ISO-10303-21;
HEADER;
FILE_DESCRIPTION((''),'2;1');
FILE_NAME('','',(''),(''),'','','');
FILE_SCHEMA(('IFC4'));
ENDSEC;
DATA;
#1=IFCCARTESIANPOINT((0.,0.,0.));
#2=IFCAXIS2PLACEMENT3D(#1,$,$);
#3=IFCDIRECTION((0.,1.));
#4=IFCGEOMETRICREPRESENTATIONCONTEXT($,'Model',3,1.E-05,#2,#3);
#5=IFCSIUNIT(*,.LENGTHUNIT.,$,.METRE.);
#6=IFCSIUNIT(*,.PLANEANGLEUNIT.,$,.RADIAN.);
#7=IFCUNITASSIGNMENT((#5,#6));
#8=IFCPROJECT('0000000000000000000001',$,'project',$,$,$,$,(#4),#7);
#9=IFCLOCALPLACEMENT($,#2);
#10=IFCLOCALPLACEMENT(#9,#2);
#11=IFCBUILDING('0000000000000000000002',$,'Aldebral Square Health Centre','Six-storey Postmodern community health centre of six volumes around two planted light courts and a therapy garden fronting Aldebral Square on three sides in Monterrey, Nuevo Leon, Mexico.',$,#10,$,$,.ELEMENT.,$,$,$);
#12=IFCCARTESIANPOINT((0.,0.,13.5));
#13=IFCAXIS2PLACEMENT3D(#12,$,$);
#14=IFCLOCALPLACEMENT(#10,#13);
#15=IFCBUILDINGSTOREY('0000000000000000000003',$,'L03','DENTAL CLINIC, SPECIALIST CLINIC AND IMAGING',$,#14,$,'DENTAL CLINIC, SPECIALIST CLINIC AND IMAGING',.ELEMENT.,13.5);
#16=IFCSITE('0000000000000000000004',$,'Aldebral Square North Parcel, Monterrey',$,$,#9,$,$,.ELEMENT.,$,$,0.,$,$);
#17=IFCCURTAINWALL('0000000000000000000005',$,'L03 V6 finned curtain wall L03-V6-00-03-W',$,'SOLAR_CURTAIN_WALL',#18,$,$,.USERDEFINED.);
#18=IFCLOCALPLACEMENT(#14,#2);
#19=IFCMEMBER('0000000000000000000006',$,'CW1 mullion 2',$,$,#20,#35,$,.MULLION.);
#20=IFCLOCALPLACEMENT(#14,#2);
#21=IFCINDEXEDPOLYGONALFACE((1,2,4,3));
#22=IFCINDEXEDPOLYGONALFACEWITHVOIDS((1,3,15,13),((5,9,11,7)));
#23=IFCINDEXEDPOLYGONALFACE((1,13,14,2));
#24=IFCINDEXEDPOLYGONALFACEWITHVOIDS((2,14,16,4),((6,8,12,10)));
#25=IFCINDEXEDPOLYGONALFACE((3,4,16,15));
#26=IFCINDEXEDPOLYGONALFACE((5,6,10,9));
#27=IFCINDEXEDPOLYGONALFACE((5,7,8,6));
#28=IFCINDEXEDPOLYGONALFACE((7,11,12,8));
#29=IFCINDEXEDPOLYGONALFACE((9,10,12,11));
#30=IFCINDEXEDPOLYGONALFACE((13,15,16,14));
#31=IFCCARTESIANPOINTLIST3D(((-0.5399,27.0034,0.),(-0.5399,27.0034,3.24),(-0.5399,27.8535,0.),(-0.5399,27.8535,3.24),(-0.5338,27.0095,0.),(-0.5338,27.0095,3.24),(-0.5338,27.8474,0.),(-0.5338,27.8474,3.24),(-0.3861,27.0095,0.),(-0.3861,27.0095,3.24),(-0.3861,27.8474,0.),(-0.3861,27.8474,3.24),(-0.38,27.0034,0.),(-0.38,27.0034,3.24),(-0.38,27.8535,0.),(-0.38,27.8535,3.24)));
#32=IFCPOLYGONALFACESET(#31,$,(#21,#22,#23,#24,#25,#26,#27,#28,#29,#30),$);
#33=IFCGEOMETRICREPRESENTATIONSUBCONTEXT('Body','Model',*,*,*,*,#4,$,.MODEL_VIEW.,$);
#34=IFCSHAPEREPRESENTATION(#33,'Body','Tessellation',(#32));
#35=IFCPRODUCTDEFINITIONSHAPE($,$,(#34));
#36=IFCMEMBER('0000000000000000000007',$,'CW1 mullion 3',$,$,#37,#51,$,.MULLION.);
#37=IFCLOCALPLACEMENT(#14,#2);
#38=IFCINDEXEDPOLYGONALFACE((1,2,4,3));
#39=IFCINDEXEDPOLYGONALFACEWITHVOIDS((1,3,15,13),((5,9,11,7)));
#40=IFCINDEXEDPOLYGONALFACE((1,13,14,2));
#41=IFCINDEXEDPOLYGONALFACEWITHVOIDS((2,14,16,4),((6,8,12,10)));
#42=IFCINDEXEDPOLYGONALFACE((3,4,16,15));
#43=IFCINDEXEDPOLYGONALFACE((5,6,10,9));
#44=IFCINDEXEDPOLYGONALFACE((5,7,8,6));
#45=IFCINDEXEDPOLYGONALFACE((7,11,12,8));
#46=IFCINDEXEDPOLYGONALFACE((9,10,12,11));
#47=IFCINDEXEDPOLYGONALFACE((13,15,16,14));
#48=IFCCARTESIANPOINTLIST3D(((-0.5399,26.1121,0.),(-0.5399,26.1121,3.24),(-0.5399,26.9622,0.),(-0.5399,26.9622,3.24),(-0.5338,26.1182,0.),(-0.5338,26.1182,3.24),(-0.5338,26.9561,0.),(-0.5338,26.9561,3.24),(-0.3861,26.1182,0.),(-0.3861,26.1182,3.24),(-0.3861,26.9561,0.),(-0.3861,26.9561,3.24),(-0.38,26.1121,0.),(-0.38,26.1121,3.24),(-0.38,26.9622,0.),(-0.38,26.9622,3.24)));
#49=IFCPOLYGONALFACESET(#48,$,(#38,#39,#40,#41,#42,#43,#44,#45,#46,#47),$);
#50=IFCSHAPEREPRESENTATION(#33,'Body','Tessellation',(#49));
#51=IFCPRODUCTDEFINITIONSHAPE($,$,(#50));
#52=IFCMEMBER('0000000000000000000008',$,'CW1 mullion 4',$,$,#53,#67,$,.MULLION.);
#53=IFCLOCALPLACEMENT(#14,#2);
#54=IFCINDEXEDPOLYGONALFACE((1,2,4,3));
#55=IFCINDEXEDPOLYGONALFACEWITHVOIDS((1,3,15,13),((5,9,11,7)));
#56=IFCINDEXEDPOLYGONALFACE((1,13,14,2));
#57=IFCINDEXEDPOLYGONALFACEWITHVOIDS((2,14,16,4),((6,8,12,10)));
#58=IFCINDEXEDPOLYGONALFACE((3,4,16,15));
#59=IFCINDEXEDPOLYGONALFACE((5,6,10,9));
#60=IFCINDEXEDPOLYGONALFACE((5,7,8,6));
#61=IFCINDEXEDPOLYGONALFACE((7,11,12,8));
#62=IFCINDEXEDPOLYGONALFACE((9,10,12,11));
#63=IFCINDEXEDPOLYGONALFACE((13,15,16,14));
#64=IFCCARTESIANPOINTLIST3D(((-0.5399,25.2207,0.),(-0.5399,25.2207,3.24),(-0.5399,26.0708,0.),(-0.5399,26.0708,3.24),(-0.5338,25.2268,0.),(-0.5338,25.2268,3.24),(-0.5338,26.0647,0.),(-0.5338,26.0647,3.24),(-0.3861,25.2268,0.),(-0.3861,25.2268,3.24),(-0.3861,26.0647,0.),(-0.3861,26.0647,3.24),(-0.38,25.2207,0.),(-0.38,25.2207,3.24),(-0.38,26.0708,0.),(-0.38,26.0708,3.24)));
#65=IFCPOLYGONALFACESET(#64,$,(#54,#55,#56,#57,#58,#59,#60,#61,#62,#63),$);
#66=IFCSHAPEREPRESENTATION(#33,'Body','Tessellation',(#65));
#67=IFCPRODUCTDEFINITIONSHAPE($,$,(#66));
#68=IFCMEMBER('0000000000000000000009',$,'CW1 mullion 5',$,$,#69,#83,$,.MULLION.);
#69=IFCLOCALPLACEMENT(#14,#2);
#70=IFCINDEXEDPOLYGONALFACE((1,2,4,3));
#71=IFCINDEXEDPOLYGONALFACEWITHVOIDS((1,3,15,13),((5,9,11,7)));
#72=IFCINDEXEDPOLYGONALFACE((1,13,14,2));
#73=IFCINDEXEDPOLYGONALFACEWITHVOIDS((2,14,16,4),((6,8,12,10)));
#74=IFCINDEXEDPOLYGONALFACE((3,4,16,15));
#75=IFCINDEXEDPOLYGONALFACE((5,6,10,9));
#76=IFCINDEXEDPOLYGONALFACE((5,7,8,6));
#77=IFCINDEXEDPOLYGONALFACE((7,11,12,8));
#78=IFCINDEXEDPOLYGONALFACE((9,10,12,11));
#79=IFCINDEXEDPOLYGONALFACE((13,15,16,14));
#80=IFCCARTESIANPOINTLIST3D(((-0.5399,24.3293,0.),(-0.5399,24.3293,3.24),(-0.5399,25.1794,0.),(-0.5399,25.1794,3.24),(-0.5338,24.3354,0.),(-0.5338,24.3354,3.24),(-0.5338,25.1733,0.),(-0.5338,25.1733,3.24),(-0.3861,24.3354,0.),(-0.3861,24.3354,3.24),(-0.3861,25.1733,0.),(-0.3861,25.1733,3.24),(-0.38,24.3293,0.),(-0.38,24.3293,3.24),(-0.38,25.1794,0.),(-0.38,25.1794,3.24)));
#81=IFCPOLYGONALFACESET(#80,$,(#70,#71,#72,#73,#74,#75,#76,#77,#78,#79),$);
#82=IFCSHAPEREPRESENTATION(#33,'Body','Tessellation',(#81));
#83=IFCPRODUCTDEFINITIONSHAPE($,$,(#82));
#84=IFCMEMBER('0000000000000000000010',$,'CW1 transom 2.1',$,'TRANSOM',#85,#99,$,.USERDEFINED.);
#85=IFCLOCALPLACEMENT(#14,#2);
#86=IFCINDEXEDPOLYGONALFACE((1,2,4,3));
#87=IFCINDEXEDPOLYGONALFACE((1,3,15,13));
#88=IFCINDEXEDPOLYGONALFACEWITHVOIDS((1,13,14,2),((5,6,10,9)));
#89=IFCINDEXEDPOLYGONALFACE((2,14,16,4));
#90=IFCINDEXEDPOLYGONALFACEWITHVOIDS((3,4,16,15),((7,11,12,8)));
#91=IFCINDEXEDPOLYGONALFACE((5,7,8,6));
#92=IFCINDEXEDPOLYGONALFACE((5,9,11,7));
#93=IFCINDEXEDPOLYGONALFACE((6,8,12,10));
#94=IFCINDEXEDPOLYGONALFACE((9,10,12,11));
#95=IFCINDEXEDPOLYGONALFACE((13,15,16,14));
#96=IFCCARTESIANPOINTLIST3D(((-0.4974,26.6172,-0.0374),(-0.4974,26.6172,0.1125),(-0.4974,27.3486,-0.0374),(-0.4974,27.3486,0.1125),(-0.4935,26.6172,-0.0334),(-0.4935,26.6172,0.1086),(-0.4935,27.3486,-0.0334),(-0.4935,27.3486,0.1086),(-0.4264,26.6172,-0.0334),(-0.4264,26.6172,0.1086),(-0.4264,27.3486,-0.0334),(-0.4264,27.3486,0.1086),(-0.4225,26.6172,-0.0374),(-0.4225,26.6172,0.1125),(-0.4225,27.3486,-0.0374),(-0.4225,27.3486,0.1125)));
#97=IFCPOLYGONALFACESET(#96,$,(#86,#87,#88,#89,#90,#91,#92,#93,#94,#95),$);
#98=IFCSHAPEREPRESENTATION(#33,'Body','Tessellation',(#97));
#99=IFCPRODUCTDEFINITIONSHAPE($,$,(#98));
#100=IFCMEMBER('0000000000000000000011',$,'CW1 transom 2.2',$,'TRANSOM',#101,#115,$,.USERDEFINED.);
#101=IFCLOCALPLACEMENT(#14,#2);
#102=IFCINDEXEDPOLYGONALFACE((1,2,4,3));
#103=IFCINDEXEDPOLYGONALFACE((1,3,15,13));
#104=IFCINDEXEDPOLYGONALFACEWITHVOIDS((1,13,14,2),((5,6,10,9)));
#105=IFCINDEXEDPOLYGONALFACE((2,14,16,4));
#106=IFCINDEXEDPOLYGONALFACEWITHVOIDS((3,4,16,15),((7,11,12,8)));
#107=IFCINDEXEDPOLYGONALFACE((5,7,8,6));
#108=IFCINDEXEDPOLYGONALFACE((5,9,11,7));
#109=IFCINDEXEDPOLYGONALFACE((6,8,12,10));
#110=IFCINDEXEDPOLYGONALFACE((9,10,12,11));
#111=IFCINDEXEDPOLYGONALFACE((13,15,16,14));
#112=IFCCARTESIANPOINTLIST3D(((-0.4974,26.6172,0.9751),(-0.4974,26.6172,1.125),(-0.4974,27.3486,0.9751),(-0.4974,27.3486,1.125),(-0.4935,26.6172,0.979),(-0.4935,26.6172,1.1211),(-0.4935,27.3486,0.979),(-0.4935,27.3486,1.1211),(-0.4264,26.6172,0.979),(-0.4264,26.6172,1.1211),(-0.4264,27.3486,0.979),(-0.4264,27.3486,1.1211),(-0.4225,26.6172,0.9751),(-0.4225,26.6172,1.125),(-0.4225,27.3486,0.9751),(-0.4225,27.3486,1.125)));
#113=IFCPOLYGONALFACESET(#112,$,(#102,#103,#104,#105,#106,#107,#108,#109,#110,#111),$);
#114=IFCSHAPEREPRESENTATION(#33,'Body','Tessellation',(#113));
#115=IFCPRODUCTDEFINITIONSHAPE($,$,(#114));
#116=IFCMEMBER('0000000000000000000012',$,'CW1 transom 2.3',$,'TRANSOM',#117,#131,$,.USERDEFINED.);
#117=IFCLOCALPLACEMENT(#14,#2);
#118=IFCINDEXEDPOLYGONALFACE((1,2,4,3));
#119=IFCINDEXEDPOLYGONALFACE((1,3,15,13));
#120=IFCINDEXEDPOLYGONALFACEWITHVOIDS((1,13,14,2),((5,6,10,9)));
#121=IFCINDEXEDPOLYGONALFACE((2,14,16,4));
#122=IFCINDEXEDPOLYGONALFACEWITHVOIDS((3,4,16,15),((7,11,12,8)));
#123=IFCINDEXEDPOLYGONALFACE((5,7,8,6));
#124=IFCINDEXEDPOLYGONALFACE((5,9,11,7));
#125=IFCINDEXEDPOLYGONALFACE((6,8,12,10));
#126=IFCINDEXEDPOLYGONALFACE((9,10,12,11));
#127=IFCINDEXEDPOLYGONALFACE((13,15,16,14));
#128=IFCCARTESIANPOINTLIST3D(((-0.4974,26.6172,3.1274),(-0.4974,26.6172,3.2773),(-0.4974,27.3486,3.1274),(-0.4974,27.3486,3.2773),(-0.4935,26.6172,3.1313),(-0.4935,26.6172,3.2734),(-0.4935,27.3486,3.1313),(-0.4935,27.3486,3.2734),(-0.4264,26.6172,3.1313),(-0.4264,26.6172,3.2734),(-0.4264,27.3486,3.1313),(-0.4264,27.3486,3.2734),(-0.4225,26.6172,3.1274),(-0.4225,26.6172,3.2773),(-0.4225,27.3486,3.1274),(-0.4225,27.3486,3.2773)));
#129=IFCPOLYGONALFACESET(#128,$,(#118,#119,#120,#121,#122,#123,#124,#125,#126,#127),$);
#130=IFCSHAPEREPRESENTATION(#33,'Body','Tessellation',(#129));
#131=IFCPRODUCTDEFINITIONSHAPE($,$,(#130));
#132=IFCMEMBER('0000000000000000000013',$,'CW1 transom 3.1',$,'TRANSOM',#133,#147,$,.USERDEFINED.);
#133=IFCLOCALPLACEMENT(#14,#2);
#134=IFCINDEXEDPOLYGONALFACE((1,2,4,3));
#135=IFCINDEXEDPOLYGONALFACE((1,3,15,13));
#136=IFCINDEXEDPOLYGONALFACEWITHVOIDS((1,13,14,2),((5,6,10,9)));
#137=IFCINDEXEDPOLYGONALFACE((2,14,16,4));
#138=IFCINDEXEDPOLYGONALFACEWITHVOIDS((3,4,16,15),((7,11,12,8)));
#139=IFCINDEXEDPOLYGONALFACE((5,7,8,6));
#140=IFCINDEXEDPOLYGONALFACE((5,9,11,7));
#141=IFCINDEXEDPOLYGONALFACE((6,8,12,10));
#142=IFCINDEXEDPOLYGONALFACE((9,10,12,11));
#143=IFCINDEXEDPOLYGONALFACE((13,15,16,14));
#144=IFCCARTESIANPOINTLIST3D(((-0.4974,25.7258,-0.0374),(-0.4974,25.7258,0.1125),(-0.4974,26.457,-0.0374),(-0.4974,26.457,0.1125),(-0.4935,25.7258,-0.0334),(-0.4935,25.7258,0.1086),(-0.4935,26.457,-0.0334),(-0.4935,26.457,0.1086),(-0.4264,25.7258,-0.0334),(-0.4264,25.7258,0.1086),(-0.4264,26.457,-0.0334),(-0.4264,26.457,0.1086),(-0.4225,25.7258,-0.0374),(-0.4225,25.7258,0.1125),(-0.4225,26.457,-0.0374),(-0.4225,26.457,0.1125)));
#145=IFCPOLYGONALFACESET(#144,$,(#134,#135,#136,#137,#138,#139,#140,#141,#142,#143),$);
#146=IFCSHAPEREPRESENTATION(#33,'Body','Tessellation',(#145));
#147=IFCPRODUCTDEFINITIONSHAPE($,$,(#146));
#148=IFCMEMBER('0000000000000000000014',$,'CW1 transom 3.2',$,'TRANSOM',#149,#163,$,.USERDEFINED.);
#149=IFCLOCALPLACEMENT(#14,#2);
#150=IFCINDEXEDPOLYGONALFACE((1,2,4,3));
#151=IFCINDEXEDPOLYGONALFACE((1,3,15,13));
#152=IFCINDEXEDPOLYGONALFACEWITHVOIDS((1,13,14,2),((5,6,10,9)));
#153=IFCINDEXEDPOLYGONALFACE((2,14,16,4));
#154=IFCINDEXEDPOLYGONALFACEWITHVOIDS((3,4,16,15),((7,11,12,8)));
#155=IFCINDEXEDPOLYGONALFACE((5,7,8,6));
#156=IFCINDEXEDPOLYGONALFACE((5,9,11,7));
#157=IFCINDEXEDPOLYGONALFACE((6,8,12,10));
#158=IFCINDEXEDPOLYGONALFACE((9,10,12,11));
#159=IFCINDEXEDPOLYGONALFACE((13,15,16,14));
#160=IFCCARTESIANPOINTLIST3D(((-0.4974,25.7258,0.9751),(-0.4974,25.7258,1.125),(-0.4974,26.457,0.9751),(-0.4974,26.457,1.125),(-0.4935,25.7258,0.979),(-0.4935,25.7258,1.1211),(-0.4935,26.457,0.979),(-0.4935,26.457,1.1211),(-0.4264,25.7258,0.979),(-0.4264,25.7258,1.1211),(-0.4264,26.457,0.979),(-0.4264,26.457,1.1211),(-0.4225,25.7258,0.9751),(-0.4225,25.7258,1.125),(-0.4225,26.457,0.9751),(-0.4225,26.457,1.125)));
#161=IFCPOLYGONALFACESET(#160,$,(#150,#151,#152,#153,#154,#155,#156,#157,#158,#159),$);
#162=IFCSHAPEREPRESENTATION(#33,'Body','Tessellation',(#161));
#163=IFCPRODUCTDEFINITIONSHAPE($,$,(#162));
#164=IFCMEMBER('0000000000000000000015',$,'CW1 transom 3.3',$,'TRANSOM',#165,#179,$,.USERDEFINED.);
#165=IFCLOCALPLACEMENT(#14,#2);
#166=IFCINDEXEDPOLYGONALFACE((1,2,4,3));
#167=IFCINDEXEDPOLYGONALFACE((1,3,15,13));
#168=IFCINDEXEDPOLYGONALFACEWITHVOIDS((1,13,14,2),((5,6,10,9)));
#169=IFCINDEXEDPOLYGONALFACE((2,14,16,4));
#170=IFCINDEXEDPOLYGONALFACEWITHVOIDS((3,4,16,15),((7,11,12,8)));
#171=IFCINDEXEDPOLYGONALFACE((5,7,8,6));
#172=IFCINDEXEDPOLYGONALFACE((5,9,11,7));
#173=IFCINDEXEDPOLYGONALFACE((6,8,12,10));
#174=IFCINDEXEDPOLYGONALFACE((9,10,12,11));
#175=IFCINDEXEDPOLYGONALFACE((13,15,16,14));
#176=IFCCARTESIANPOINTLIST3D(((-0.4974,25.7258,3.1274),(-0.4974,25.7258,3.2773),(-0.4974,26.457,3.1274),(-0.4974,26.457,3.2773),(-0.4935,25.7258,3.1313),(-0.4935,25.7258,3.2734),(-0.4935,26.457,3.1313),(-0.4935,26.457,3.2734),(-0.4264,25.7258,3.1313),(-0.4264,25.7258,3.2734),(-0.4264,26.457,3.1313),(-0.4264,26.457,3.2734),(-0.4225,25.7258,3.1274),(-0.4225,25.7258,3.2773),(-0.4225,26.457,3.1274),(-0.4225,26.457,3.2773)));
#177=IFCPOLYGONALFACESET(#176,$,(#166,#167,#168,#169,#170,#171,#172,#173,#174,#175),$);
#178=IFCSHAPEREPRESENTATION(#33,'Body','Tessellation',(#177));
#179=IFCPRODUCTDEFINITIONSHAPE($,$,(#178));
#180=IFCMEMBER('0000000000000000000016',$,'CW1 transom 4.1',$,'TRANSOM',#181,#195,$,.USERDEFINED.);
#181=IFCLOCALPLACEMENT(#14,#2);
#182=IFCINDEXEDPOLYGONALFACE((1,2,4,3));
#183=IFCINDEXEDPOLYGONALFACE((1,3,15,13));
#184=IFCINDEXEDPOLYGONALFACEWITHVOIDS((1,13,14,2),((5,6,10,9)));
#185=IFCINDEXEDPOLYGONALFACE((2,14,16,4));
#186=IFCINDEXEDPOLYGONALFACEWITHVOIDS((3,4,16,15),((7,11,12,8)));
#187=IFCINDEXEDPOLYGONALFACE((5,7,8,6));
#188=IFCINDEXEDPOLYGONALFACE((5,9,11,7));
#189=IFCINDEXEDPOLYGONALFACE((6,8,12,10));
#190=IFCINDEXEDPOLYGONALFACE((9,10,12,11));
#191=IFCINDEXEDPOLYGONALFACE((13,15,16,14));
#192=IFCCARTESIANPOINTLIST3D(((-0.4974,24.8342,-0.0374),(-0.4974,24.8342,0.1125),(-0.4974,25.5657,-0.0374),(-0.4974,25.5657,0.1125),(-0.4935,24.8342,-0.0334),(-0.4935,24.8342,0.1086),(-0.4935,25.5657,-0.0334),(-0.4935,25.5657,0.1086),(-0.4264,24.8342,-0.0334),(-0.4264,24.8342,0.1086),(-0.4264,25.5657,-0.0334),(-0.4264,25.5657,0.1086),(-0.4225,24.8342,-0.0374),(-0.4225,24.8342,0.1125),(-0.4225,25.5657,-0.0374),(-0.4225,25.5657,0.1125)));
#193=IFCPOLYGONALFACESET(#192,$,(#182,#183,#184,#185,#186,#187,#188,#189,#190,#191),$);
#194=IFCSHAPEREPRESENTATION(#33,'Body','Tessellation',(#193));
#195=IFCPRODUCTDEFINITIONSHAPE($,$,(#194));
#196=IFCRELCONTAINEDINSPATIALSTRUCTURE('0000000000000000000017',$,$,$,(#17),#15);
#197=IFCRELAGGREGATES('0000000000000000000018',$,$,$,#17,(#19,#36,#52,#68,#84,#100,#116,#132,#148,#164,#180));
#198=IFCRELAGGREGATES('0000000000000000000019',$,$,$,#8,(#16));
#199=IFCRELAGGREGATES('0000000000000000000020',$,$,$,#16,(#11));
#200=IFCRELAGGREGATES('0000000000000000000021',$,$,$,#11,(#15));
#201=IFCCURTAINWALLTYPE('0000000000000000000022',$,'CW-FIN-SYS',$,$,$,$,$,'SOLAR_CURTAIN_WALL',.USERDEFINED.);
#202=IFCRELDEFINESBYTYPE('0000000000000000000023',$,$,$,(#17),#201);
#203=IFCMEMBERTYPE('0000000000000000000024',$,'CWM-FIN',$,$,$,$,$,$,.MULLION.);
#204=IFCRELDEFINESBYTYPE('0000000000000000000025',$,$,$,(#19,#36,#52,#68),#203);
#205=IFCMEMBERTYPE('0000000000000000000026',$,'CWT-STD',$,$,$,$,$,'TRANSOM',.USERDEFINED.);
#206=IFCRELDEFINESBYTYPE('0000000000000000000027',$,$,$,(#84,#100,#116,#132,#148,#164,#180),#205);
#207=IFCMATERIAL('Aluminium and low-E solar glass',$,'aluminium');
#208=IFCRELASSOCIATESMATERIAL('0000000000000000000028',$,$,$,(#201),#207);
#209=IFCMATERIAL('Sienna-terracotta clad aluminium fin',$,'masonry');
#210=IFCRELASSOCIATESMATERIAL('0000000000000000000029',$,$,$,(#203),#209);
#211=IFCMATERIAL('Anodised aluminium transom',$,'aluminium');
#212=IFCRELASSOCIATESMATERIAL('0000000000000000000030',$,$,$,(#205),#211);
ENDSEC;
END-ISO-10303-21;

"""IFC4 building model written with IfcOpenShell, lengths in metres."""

from ifc_helpers import new_model, si_unit, direction, frame, origin, origin_2d, place, context, subcontext, project, spatial, hollow_rectangle, extrude, material, material_profile, profile_set, type_object, element, aggregate, save


model = new_model("IFC4")

# Units and contexts
model_context = context("Model", 3, precision=1e-05, world=origin(), true_north=direction((0.0, 1.0)))
body_context = subcontext(model_context, "Body", "Model", "MODEL_VIEW")
ifc_project = project(units=[si_unit("LENGTHUNIT", "METRE"), si_unit("PLANEANGLEUNIT", "RADIAN")], contexts=[model_context])

# Site, building, storey
site_placement = place(None, origin())
site = spatial("IfcSite", under=ifc_project, at=site_placement, Name="Aldebral Square North Parcel, Monterrey", CompositionType="ELEMENT", RefElevation=0.0)
building_placement = place(site_placement, origin())
building = spatial("IfcBuilding", under=site, at=building_placement, Name="Aldebral Square Health Centre", Description="Six-storey Postmodern community health centre of six volumes around two planted light courts and a therapy garden fronting Aldebral Square on three sides in Monterrey, Nuevo Leon, Mexico.", CompositionType="ELEMENT")
storey_placement = place(building_placement, frame((0.0, 0.0, 13.5)))
storey = spatial("IfcBuildingStorey", under=building, at=storey_placement, Name="L03", Description="DENTAL CLINIC, SPECIALIST CLINIC AND IMAGING", LongName="DENTAL CLINIC, SPECIALIST CLINIC AND IMAGING", CompositionType="ELEMENT", Elevation=13.5)

# Curtain wall, members
ifc_material_1 = material(Name="Aluminium and low-E solar glass", Category="aluminium")
curtain_wall_type = type_object("IfcCurtainWallType", Name="CW-FIN-SYS", ElementType="SOLAR_CURTAIN_WALL", PredefinedType="USERDEFINED", material=ifc_material_1)
curtain_wall_placement = place(storey_placement, origin())
curtain_wall = element("IfcCurtainWall", 1, at=curtain_wall_placement, inside=storey, type_object=curtain_wall_type, Name="L03 V6 finned curtain wall L03-V6-00-03-W", ObjectType="SOLAR_CURTAIN_WALL", PredefinedType="USERDEFINED")
ifc_material_2 = material(Name="Sienna-terracotta clad aluminium fin", Category="masonry")
ifc_material_profile_1 = material_profile(ifc_material_2, hollow_rectangle(XDim=0.1599, YDim=0.8501, WallThickness=0.0061, at=origin_2d()), Name="FIN 160x850x6")
ifc_profile_set_1 = profile_set([ifc_material_profile_1], Name="Sienna-terracotta clad aluminium fin")
member_type_1 = type_object("IfcMemberType", Name="CWM-FIN", PredefinedType="MULLION", material=ifc_profile_set_1)
member_1_placement = place(storey_placement, frame((-0.46, 27.4285, 0.0), z_axis=(0.0, 0.0, 1.0), x_axis=(1.0, 0.0, 0.0)))
member_1 = element("IfcMember", 2, at=member_1_placement, type_object=member_type_1, Name="CW1 mullion 2", PredefinedType="MULLION", context=body_context, shape_type="SweptSolid", body=[
    extrude(hollow_rectangle(XDim=0.1599, YDim=0.8501, WallThickness=0.0061, at=origin_2d()), origin(), (0.0, 0.0, 1.0), 3.24),
])
member_2_placement = place(storey_placement, frame((-0.46, 26.5371, 0.0), z_axis=(0.0, 0.0, 1.0), x_axis=(1.0, 0.0, 0.0)))
member_2 = element("IfcMember", 3, at=member_2_placement, type_object=member_type_1, Name="CW1 mullion 3", PredefinedType="MULLION", context=body_context, shape_type="SweptSolid", body=[
    extrude(hollow_rectangle(XDim=0.1599, YDim=0.8501, WallThickness=0.0061, at=origin_2d()), origin(), (0.0, 0.0, 1.0), 3.24),
])
member_3_placement = place(storey_placement, frame((-0.46, 25.6458, 0.0), z_axis=(0.0, 0.0, 1.0), x_axis=(1.0, 0.0, 0.0)))
member_3 = element("IfcMember", 4, at=member_3_placement, type_object=member_type_1, Name="CW1 mullion 4", PredefinedType="MULLION", context=body_context, shape_type="SweptSolid", body=[
    extrude(hollow_rectangle(XDim=0.1599, YDim=0.8501, WallThickness=0.0061, at=origin_2d()), origin(), (0.0, 0.0, 1.0), 3.24),
])
member_4_placement = place(storey_placement, frame((-0.46, 24.7544, 0.0), z_axis=(0.0, 0.0, 1.0), x_axis=(1.0, 0.0, 0.0)))
member_4 = element("IfcMember", 5, at=member_4_placement, type_object=member_type_1, Name="CW1 mullion 5", PredefinedType="MULLION", context=body_context, shape_type="SweptSolid", body=[
    extrude(hollow_rectangle(XDim=0.1599, YDim=0.8501, WallThickness=0.0061, at=origin_2d()), origin(), (0.0, 0.0, 1.0), 3.24),
])
ifc_material_3 = material(Name="Anodised aluminium transom", Category="aluminium")
ifc_material_profile_2 = material_profile(ifc_material_3, hollow_rectangle(XDim=0.075, YDim=0.1499, WallThickness=0.0039, at=origin_2d()), Name="CWT 75x150x4")
ifc_profile_set_2 = profile_set([ifc_material_profile_2], Name="Anodised aluminium transom")
member_type_2 = type_object("IfcMemberType", Name="CWT-STD", ElementType="TRANSOM", PredefinedType="USERDEFINED", material=ifc_profile_set_2)
member_5_placement = place(storey_placement, frame((-0.46, 27.3486, 0.0376), z_axis=(0.0, -1.0, 0.0), x_axis=(1.0, 0.0, 0.0)))
member_5 = element("IfcMember", 6, at=member_5_placement, type_object=member_type_2, Name="CW1 transom 2.1", ObjectType="TRANSOM", PredefinedType="USERDEFINED", context=body_context, shape_type="SweptSolid", body=[
    extrude(hollow_rectangle(XDim=0.075, YDim=0.1499, WallThickness=0.0039, at=origin_2d()), origin(), (0.0, 0.0, 1.0), 0.7314),
])
member_6_placement = place(storey_placement, frame((-0.46, 27.3486, 1.05), z_axis=(0.0, -1.0, 0.0), x_axis=(1.0, 0.0, 0.0)))
member_6 = element("IfcMember", 7, at=member_6_placement, type_object=member_type_2, Name="CW1 transom 2.2", ObjectType="TRANSOM", PredefinedType="USERDEFINED", context=body_context, shape_type="SweptSolid", body=[
    extrude(hollow_rectangle(XDim=0.075, YDim=0.1499, WallThickness=0.0039, at=origin_2d()), origin(), (0.0, 0.0, 1.0), 0.7314),
])
member_7_placement = place(storey_placement, frame((-0.46, 27.3486, 3.2024), z_axis=(0.0, -1.0, 0.0), x_axis=(1.0, 0.0, 0.0)))
member_7 = element("IfcMember", 8, at=member_7_placement, type_object=member_type_2, Name="CW1 transom 2.3", ObjectType="TRANSOM", PredefinedType="USERDEFINED", context=body_context, shape_type="SweptSolid", body=[
    extrude(hollow_rectangle(XDim=0.075, YDim=0.1499, WallThickness=0.0039, at=origin_2d()), origin(), (0.0, 0.0, 1.0), 0.7314),
])
member_8_placement = place(storey_placement, frame((-0.46, 26.457, 0.0376), z_axis=(0.0, -1.0, 0.0), x_axis=(1.0, 0.0, 0.0)))
member_8 = element("IfcMember", 9, at=member_8_placement, type_object=member_type_2, Name="CW1 transom 3.1", ObjectType="TRANSOM", PredefinedType="USERDEFINED", context=body_context, shape_type="SweptSolid", body=[
    extrude(hollow_rectangle(XDim=0.075, YDim=0.1499, WallThickness=0.0039, at=origin_2d()), origin(), (0.0, 0.0, 1.0), 0.7312),
])
member_9_placement = place(storey_placement, frame((-0.46, 26.457, 1.05), z_axis=(0.0, -1.0, 0.0), x_axis=(1.0, 0.0, 0.0)))
member_9 = element("IfcMember", 10, at=member_9_placement, type_object=member_type_2, Name="CW1 transom 3.2", ObjectType="TRANSOM", PredefinedType="USERDEFINED", context=body_context, shape_type="SweptSolid", body=[
    extrude(hollow_rectangle(XDim=0.075, YDim=0.1499, WallThickness=0.0039, at=origin_2d()), origin(), (0.0, 0.0, 1.0), 0.7312),
])
member_10_placement = place(storey_placement, frame((-0.46, 26.457, 3.2024), z_axis=(0.0, -1.0, 0.0), x_axis=(1.0, 0.0, 0.0)))
member_10 = element("IfcMember", 11, at=member_10_placement, type_object=member_type_2, Name="CW1 transom 3.3", ObjectType="TRANSOM", PredefinedType="USERDEFINED", context=body_context, shape_type="SweptSolid", body=[
    extrude(hollow_rectangle(XDim=0.075, YDim=0.1499, WallThickness=0.0039, at=origin_2d()), origin(), (0.0, 0.0, 1.0), 0.7312),
])
member_11_placement = place(storey_placement, frame((-0.46, 25.5657, 0.0376), z_axis=(0.0, -1.0, 0.0), x_axis=(1.0, 0.0, 0.0)))
member_11 = element("IfcMember", 12, at=member_11_placement, type_object=member_type_2, Name="CW1 transom 4.1", ObjectType="TRANSOM", PredefinedType="USERDEFINED", context=body_context, shape_type="SweptSolid", body=[
    extrude(hollow_rectangle(XDim=0.075, YDim=0.1499, WallThickness=0.0039, at=origin_2d()), origin(), (0.0, 0.0, 1.0), 0.7314),
])
aggregate(curtain_wall, [member_1, member_2, member_3, member_4, member_5, member_6, member_7, member_8, member_9, member_10, member_11])

save(model, "model.ifc")
